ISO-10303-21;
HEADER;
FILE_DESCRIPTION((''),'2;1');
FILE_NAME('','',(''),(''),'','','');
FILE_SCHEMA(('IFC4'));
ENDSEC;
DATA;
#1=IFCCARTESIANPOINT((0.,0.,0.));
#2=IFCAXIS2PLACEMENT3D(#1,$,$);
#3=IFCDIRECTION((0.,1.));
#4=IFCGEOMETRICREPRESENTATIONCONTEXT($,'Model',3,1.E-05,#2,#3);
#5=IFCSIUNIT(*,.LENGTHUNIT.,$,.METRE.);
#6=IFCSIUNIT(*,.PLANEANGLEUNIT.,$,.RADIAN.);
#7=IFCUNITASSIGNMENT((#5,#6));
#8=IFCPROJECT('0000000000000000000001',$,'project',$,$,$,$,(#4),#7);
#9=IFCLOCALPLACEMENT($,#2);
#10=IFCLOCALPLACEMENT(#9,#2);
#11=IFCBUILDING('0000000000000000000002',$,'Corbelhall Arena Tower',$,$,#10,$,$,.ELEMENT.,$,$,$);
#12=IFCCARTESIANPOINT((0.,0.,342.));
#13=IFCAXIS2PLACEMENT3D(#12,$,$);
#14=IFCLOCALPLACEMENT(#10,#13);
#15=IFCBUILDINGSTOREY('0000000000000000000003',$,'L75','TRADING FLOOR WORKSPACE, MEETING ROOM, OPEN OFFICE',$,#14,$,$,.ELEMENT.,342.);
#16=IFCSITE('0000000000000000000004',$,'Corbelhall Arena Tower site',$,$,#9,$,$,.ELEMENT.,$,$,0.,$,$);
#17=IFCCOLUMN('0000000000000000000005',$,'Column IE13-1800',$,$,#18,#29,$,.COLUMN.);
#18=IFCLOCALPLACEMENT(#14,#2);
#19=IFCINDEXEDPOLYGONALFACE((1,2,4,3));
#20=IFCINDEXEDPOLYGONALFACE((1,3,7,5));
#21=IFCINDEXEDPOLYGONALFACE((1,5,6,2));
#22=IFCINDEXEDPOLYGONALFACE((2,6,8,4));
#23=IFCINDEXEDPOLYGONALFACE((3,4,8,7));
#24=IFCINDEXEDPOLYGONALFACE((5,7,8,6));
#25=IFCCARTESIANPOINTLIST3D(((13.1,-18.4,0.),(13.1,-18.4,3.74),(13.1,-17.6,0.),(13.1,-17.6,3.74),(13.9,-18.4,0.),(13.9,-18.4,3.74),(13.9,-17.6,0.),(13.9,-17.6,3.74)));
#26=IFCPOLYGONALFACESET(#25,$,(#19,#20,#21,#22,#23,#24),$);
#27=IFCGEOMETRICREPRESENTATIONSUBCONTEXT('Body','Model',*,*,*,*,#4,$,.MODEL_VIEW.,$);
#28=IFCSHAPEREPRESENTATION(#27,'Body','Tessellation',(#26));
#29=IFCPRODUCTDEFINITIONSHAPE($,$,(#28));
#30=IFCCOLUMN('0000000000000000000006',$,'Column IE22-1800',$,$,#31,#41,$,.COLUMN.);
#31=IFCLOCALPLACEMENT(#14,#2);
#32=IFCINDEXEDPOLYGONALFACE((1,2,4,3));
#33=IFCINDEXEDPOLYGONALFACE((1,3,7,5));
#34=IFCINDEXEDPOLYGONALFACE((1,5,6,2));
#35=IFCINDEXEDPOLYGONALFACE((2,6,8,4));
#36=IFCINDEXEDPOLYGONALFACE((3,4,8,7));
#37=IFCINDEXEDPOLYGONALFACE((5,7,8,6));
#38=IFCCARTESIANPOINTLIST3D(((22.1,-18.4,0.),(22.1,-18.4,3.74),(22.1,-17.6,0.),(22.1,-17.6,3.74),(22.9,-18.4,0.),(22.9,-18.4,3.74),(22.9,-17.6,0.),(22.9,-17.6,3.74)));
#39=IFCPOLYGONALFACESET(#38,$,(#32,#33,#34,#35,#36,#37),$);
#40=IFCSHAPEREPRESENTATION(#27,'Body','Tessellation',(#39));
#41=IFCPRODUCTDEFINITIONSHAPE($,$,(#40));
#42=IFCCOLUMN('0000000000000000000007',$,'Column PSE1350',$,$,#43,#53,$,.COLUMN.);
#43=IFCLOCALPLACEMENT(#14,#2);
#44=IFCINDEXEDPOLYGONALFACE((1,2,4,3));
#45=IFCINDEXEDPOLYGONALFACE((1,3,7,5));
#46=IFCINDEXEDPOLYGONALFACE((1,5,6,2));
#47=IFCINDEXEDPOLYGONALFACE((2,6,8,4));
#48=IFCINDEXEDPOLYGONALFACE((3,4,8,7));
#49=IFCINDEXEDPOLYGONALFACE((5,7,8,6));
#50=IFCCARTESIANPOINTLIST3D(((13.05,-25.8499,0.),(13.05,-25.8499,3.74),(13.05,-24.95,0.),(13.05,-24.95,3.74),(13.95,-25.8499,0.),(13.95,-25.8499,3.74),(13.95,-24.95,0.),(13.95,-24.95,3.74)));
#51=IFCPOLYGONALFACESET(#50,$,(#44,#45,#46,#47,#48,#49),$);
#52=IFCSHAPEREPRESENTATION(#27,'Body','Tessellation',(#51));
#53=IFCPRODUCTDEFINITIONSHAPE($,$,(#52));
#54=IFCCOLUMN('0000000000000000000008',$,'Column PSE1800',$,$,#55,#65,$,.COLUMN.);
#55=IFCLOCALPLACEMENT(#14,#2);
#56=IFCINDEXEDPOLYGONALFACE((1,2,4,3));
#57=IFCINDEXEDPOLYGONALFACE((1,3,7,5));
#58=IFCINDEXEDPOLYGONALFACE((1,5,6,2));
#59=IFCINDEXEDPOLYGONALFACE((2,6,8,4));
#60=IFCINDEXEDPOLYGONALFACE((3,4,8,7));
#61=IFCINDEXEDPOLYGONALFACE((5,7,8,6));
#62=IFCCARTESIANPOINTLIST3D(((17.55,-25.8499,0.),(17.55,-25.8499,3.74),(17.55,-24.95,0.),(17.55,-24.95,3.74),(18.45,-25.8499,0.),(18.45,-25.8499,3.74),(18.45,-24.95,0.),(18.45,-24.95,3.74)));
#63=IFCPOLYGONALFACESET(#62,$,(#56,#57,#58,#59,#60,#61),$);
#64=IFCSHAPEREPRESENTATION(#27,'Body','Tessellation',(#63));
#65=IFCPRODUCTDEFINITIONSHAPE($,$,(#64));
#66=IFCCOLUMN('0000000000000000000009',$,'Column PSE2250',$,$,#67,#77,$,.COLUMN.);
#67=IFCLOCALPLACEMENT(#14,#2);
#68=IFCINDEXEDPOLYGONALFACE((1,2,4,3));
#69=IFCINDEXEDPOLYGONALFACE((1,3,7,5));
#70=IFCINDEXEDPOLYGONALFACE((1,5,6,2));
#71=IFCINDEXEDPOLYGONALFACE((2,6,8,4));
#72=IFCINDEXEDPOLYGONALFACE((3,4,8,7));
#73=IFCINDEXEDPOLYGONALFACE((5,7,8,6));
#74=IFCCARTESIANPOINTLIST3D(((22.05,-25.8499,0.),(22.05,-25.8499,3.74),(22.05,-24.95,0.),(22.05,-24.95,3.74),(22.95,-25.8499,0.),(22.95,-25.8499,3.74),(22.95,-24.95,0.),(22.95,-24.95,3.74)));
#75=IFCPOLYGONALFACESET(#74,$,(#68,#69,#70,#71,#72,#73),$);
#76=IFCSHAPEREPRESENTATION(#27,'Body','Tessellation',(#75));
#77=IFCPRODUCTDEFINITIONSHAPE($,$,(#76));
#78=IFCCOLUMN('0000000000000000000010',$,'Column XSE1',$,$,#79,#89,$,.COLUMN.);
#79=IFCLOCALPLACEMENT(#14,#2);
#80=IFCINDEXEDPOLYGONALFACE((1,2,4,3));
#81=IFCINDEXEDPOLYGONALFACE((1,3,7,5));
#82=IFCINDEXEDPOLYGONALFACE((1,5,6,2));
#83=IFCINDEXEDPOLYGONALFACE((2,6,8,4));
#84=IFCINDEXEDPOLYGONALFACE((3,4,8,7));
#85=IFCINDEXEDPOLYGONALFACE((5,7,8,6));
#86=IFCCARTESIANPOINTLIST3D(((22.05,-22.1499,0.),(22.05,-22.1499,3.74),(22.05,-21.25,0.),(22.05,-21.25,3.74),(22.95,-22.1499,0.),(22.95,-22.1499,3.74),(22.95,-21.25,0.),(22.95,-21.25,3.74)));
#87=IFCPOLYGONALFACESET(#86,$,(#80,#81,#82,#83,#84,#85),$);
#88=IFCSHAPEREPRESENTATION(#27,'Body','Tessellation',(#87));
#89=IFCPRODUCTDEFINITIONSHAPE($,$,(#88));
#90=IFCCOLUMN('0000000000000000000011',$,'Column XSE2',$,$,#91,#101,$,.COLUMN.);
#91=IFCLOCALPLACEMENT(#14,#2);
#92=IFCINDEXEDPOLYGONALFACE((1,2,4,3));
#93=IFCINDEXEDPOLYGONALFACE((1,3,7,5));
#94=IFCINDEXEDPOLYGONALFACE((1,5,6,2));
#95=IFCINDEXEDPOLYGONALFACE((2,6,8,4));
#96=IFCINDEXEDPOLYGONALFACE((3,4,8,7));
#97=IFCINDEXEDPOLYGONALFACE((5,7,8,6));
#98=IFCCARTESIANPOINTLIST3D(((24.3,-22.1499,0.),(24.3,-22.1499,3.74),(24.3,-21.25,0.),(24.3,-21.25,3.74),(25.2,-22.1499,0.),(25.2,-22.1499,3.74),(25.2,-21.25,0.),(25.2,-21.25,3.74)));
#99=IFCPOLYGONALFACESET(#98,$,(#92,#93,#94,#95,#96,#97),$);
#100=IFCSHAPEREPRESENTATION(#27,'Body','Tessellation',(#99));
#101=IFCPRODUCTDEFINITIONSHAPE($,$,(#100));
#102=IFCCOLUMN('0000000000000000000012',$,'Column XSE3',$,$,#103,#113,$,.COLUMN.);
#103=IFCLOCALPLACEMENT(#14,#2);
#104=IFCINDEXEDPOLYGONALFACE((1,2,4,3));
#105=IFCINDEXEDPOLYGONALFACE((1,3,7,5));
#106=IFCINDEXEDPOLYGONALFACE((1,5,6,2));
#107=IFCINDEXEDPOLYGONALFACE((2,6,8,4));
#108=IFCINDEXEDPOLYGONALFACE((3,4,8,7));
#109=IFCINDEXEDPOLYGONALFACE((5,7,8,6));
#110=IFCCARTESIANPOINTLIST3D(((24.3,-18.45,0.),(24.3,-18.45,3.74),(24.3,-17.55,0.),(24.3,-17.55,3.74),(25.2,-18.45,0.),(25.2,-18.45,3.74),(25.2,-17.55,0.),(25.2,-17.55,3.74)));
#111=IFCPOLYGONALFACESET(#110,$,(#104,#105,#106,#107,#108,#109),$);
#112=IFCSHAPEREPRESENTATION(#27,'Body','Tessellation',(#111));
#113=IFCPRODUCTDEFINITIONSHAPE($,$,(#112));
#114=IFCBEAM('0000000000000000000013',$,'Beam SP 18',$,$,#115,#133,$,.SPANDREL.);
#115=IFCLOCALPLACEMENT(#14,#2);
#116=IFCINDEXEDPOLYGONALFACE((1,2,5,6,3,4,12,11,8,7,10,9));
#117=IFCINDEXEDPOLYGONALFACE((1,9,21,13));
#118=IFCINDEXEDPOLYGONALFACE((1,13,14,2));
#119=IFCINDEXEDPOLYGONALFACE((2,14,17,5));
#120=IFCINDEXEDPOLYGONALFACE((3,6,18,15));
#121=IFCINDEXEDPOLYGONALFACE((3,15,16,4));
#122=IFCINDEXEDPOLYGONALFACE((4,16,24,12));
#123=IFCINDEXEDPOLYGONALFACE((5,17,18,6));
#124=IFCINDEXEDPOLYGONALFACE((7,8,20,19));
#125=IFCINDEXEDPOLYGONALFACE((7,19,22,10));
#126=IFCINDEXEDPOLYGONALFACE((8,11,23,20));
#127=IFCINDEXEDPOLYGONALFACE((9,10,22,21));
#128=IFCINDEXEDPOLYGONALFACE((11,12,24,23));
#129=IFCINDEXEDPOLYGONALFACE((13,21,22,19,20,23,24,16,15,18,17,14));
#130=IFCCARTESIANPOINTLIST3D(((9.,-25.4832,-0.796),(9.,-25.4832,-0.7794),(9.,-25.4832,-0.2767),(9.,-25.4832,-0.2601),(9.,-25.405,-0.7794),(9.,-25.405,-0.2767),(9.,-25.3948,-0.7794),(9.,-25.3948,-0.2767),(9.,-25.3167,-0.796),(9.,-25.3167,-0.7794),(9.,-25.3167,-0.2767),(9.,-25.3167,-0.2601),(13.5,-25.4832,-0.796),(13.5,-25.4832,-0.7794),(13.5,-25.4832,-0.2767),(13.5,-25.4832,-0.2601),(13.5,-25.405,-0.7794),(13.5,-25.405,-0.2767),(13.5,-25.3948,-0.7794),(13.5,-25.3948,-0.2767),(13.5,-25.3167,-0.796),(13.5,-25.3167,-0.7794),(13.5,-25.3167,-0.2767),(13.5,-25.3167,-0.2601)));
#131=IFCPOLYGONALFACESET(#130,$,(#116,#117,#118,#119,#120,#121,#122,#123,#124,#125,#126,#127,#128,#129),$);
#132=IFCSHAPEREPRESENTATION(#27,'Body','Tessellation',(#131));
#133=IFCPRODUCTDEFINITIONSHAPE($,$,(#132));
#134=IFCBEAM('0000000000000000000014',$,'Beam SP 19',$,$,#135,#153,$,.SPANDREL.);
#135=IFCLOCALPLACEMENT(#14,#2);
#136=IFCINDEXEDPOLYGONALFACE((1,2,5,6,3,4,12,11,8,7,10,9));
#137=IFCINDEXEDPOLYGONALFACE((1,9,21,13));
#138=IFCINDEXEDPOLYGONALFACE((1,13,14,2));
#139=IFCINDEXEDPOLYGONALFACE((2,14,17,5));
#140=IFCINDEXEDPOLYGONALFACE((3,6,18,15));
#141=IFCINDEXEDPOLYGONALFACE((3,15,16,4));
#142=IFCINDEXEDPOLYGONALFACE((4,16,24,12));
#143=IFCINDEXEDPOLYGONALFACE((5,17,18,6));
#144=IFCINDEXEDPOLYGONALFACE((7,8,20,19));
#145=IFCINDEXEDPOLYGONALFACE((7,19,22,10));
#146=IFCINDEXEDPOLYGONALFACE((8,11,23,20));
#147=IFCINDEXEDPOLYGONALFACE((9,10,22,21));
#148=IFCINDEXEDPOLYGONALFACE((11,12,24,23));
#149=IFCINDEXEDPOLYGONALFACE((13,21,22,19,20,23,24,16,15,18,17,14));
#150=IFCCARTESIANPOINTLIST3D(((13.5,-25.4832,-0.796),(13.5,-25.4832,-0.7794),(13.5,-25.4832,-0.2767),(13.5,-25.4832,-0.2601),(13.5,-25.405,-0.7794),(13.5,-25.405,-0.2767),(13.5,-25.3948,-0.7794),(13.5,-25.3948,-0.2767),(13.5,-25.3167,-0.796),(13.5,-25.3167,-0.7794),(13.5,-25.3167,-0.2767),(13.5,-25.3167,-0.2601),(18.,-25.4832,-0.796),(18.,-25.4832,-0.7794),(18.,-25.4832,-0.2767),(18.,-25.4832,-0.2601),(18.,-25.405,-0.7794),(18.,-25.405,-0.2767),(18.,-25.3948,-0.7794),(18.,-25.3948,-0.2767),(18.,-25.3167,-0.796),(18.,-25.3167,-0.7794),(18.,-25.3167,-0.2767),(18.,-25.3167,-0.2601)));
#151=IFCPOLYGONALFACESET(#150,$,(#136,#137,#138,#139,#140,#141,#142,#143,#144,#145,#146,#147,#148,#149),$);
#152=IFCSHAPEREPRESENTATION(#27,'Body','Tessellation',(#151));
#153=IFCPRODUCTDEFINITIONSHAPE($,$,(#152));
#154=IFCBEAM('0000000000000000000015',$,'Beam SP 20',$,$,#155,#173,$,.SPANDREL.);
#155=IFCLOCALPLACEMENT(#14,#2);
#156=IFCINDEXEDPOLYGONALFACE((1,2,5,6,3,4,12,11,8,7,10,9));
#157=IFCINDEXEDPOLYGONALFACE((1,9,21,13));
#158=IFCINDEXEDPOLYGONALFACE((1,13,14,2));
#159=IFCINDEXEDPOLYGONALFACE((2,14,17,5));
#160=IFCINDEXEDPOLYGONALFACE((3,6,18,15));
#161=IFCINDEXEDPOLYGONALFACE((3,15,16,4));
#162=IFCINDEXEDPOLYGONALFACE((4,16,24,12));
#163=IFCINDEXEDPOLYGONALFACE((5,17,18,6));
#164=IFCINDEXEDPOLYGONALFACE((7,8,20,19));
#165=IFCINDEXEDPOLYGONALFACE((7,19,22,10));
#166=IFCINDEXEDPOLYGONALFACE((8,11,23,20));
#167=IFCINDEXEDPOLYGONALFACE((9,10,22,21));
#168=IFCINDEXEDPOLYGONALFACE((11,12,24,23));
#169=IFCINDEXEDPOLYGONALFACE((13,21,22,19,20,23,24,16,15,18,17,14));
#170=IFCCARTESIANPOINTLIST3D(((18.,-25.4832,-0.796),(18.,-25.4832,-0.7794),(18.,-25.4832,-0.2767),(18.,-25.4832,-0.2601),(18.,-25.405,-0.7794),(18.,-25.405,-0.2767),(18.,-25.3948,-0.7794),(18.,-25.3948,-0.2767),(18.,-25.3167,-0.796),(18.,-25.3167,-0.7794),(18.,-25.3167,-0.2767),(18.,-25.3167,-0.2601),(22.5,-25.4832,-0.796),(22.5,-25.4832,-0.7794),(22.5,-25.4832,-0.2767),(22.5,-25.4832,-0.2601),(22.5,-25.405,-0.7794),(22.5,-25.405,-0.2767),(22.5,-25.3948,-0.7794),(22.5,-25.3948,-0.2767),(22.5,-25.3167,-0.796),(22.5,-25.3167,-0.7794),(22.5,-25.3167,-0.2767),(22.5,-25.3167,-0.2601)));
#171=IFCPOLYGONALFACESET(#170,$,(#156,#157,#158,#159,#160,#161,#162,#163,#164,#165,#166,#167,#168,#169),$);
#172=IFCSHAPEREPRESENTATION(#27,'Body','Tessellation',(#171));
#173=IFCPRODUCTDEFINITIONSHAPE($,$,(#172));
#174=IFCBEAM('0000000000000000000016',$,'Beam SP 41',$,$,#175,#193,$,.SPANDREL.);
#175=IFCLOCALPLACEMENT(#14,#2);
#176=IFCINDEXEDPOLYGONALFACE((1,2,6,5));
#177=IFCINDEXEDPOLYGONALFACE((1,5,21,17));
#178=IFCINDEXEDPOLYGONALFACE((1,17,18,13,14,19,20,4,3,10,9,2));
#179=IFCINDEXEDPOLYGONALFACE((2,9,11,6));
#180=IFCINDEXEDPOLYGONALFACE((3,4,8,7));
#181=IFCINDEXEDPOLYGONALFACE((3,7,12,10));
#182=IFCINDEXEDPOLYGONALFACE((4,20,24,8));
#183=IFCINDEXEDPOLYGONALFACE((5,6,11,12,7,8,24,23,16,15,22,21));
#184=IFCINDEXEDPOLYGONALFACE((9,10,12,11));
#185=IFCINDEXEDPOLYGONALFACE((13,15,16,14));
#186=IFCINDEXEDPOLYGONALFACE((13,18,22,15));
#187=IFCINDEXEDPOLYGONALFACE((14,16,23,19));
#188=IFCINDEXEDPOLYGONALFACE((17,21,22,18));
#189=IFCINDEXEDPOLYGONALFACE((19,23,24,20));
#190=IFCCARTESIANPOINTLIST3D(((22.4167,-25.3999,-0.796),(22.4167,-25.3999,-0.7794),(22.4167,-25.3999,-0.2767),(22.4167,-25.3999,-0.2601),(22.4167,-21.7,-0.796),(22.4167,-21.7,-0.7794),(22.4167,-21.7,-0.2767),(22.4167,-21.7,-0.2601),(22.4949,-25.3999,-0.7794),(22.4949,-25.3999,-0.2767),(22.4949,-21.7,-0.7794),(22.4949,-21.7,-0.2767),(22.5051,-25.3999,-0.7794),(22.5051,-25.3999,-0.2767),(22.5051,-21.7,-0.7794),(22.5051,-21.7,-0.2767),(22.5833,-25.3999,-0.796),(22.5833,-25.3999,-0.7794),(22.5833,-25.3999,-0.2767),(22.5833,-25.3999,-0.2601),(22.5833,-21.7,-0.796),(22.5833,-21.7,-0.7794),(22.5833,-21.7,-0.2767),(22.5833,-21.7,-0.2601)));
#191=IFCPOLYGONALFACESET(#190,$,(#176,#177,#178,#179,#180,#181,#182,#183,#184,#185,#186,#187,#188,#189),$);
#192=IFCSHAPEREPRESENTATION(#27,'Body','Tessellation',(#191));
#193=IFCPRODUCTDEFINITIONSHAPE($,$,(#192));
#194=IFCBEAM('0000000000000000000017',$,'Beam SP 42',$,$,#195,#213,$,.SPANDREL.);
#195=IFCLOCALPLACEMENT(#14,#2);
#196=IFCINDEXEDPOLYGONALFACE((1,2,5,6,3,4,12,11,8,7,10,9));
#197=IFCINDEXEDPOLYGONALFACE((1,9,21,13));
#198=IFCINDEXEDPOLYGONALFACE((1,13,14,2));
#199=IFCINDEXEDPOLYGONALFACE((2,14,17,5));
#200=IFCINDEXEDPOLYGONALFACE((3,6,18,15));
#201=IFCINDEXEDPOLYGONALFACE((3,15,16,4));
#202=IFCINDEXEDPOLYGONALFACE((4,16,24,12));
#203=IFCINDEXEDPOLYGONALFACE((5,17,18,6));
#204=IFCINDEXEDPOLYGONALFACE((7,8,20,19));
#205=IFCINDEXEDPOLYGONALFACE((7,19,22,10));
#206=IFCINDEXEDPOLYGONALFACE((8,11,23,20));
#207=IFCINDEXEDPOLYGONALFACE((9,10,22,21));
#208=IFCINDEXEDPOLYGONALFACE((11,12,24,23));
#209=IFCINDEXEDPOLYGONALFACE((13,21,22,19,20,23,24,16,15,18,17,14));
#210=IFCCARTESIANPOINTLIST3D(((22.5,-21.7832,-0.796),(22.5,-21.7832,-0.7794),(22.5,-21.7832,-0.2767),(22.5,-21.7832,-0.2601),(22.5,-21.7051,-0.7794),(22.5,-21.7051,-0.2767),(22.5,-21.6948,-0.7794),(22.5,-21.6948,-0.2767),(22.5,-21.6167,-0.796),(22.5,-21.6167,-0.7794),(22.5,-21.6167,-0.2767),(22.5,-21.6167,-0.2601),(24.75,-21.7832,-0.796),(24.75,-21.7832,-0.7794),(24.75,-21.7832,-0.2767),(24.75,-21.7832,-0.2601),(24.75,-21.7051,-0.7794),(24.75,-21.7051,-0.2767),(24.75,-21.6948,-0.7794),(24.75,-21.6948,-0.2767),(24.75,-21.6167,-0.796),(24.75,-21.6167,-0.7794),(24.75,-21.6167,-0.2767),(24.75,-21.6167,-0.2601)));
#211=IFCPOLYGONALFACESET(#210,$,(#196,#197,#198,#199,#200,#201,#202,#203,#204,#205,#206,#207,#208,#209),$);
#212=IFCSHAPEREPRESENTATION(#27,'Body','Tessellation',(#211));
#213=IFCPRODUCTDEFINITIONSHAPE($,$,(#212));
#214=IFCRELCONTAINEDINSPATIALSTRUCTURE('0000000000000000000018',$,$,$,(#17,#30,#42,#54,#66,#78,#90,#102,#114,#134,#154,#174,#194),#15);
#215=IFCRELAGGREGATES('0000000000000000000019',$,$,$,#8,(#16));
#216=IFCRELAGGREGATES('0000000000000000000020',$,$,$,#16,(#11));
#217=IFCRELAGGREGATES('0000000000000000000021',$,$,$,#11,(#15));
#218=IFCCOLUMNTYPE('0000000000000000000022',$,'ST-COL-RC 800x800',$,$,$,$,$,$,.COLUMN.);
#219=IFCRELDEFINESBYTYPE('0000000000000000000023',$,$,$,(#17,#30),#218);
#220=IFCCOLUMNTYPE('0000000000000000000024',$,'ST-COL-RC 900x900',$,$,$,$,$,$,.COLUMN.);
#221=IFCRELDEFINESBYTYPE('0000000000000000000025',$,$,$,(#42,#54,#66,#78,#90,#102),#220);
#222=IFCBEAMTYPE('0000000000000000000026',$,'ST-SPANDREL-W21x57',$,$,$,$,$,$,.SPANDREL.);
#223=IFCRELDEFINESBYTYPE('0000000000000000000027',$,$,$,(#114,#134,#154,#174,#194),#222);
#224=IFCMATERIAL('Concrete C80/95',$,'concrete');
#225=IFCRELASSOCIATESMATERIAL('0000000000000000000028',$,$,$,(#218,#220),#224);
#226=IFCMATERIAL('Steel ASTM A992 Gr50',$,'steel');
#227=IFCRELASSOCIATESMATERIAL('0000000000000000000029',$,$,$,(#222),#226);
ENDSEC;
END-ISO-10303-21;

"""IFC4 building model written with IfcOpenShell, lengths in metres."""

from ifc_helpers import new_model, si_unit, direction, frame, origin, origin_2d, place, context, subcontext, project, spatial, rectangle, i_section, extrude, material, material_profile, profile_set, type_object, element, save


model = new_model("IFC4")

# Units and contexts
model_context = context("Model", 3, precision=1e-05, world=origin(), true_north=direction((0.0, 1.0)))
body_context = subcontext(model_context, "Body", "Model", "MODEL_VIEW")
ifc_project = project(units=[si_unit("LENGTHUNIT", "METRE"), si_unit("PLANEANGLEUNIT", "RADIAN")], contexts=[model_context])

# Site, building, storey
site_placement = place(None, origin())
site = spatial("IfcSite", under=ifc_project, at=site_placement, Name="Corbelhall Arena Tower site", CompositionType="ELEMENT", RefElevation=0.0)
building_placement = place(site_placement, origin())
building = spatial("IfcBuilding", under=site, at=building_placement, Name="Corbelhall Arena Tower", CompositionType="ELEMENT")
storey_placement = place(building_placement, frame((0.0, 0.0, 342.0)))
storey = spatial("IfcBuildingStorey", under=building, at=storey_placement, Name="L75", Description="TRADING FLOOR WORKSPACE, MEETING ROOM, OPEN OFFICE", CompositionType="ELEMENT", Elevation=342.0)

# Columns
ifc_material_1 = material(Name="Concrete C80/95", Category="concrete")
ifc_material_profile_1 = material_profile(ifc_material_1, rectangle(XDim=0.8, YDim=0.8, at=origin_2d()))
ifc_profile_set_1 = profile_set([ifc_material_profile_1], Name="Concrete C80/95")
column_type_1 = type_object("IfcColumnType", Name="ST-COL-RC 800x800", PredefinedType="COLUMN", material=ifc_profile_set_1)
for number, where, z_axis, x_axis, name in (
    (1, (13.5, -18.0, 0.0), (0.0, 0.0, 1.0), (1.0, 0.0, 0.0), "Column IE13-1800"),
    (2, (22.5, -18.0, 0.0), (0.0, 0.0, 1.0), (1.0, 0.0, 0.0), "Column IE22-1800"),
):
    element("IfcColumn", number, at=place(storey_placement, frame(where, z_axis=z_axis, x_axis=x_axis)), inside=storey, type_object=column_type_1, Name=name, PredefinedType="COLUMN", context=body_context, shape_type="SweptSolid", body=[
        extrude(rectangle(XDim=0.8, YDim=0.8, at=origin_2d()), origin(), (0.0, 0.0, 1.0), 3.74),
    ])
ifc_material_profile_2 = material_profile(ifc_material_1, rectangle(XDim=0.8999, YDim=0.8999, at=origin_2d()))
ifc_profile_set_2 = profile_set([ifc_material_profile_2], Name="Concrete C80/95")
column_type_2 = type_object("IfcColumnType", Name="ST-COL-RC 900x900", PredefinedType="COLUMN", material=ifc_profile_set_2)
for number, where, z_axis, x_axis, name in (
    (3, (13.5, -25.3999, 0.0), (0.0, 0.0, 1.0), (1.0, 0.0, 0.0), "Column PSE1350"),
    (4, (18.0, -25.3999, 0.0), (0.0, 0.0, 1.0), (1.0, 0.0, 0.0), "Column PSE1800"),
    (5, (22.5, -25.3999, 0.0), (0.0, 0.0, 1.0), (1.0, 0.0, 0.0), "Column PSE2250"),
    (6, (22.5, -21.7, 0.0), (0.0, 0.0, 1.0), (1.0, 0.0, 0.0), "Column XSE1"),
    (7, (24.75, -21.7, 0.0), (0.0, 0.0, 1.0), (1.0, 0.0, 0.0), "Column XSE2"),
    (8, (24.75, -18.0, 0.0), (0.0, 0.0, 1.0), (1.0, 0.0, 0.0), "Column XSE3"),
):
    element("IfcColumn", number, at=place(storey_placement, frame(where, z_axis=z_axis, x_axis=x_axis)), inside=storey, type_object=column_type_2, Name=name, PredefinedType="COLUMN", context=body_context, shape_type="SweptSolid", body=[
        extrude(rectangle(XDim=0.8999, YDim=0.8999, at=origin_2d()), origin(), (0.0, 0.0, 1.0), 3.74),
    ])

# Beams
ifc_material_2 = material(Name="Steel ASTM A992 Gr50", Category="steel")
ifc_material_profile_3 = material_profile(ifc_material_2, i_section(OverallWidth=0.1665, OverallDepth=0.5359, WebThickness=0.0103, FlangeThickness=0.0166, at=origin_2d()))
ifc_profile_set_3 = profile_set([ifc_material_profile_3], Name="Steel ASTM A992 Gr50")
beam_type = type_object("IfcBeamType", Name="ST-SPANDREL-W21x57", PredefinedType="SPANDREL", material=ifc_profile_set_3)
for number, where, z_axis, x_axis, name in (
    (9, (13.5, -25.3999, -0.5281), (-1.0, 0.0, 0.0), (0.0, -1.0, 0.0), "Beam SP 18"),
    (10, (18.0, -25.3999, -0.5281), (-1.0, 0.0, 0.0), (0.0, -1.0, 0.0), "Beam SP 19"),
    (11, (22.5, -25.3999, -0.5281), (-1.0, 0.0, 0.0), (0.0, -1.0, 0.0), "Beam SP 20"),
):
    element("IfcBeam", number, at=place(storey_placement, frame(where, z_axis=z_axis, x_axis=x_axis)), inside=storey, type_object=beam_type, Name=name, PredefinedType="SPANDREL", context=body_context, shape_type="SweptSolid", body=[
        extrude(i_section(OverallWidth=0.1665, OverallDepth=0.5359, WebThickness=0.0103, FlangeThickness=0.0166, at=origin_2d()), origin(), (0.0, 0.0, 1.0), 4.5),
    ])
beam_1_placement = place(storey_placement, frame((22.5, -21.7, -0.5281), z_axis=(0.0, -1.0, 0.0), x_axis=(1.0, 0.0, 0.0)))
element("IfcBeam", 12, at=beam_1_placement, inside=storey, type_object=beam_type, Name="Beam SP 41", PredefinedType="SPANDREL", context=body_context, shape_type="SweptSolid", body=[
    extrude(i_section(OverallWidth=0.1665, OverallDepth=0.5359, WebThickness=0.0103, FlangeThickness=0.0166, at=origin_2d()), origin(), (0.0, 0.0, 1.0), 3.7),
])
beam_2_placement = place(storey_placement, frame((24.75, -21.7, -0.5281), z_axis=(-1.0, 0.0, 0.0), x_axis=(0.0, -1.0, 0.0)))
element("IfcBeam", 13, at=beam_2_placement, inside=storey, type_object=beam_type, Name="Beam SP 42", PredefinedType="SPANDREL", context=body_context, shape_type="SweptSolid", body=[
    extrude(i_section(OverallWidth=0.1665, OverallDepth=0.5359, WebThickness=0.0103, FlangeThickness=0.0166, at=origin_2d()), origin(), (0.0, 0.0, 1.0), 2.25),
])

save(model, "model.ifc")
